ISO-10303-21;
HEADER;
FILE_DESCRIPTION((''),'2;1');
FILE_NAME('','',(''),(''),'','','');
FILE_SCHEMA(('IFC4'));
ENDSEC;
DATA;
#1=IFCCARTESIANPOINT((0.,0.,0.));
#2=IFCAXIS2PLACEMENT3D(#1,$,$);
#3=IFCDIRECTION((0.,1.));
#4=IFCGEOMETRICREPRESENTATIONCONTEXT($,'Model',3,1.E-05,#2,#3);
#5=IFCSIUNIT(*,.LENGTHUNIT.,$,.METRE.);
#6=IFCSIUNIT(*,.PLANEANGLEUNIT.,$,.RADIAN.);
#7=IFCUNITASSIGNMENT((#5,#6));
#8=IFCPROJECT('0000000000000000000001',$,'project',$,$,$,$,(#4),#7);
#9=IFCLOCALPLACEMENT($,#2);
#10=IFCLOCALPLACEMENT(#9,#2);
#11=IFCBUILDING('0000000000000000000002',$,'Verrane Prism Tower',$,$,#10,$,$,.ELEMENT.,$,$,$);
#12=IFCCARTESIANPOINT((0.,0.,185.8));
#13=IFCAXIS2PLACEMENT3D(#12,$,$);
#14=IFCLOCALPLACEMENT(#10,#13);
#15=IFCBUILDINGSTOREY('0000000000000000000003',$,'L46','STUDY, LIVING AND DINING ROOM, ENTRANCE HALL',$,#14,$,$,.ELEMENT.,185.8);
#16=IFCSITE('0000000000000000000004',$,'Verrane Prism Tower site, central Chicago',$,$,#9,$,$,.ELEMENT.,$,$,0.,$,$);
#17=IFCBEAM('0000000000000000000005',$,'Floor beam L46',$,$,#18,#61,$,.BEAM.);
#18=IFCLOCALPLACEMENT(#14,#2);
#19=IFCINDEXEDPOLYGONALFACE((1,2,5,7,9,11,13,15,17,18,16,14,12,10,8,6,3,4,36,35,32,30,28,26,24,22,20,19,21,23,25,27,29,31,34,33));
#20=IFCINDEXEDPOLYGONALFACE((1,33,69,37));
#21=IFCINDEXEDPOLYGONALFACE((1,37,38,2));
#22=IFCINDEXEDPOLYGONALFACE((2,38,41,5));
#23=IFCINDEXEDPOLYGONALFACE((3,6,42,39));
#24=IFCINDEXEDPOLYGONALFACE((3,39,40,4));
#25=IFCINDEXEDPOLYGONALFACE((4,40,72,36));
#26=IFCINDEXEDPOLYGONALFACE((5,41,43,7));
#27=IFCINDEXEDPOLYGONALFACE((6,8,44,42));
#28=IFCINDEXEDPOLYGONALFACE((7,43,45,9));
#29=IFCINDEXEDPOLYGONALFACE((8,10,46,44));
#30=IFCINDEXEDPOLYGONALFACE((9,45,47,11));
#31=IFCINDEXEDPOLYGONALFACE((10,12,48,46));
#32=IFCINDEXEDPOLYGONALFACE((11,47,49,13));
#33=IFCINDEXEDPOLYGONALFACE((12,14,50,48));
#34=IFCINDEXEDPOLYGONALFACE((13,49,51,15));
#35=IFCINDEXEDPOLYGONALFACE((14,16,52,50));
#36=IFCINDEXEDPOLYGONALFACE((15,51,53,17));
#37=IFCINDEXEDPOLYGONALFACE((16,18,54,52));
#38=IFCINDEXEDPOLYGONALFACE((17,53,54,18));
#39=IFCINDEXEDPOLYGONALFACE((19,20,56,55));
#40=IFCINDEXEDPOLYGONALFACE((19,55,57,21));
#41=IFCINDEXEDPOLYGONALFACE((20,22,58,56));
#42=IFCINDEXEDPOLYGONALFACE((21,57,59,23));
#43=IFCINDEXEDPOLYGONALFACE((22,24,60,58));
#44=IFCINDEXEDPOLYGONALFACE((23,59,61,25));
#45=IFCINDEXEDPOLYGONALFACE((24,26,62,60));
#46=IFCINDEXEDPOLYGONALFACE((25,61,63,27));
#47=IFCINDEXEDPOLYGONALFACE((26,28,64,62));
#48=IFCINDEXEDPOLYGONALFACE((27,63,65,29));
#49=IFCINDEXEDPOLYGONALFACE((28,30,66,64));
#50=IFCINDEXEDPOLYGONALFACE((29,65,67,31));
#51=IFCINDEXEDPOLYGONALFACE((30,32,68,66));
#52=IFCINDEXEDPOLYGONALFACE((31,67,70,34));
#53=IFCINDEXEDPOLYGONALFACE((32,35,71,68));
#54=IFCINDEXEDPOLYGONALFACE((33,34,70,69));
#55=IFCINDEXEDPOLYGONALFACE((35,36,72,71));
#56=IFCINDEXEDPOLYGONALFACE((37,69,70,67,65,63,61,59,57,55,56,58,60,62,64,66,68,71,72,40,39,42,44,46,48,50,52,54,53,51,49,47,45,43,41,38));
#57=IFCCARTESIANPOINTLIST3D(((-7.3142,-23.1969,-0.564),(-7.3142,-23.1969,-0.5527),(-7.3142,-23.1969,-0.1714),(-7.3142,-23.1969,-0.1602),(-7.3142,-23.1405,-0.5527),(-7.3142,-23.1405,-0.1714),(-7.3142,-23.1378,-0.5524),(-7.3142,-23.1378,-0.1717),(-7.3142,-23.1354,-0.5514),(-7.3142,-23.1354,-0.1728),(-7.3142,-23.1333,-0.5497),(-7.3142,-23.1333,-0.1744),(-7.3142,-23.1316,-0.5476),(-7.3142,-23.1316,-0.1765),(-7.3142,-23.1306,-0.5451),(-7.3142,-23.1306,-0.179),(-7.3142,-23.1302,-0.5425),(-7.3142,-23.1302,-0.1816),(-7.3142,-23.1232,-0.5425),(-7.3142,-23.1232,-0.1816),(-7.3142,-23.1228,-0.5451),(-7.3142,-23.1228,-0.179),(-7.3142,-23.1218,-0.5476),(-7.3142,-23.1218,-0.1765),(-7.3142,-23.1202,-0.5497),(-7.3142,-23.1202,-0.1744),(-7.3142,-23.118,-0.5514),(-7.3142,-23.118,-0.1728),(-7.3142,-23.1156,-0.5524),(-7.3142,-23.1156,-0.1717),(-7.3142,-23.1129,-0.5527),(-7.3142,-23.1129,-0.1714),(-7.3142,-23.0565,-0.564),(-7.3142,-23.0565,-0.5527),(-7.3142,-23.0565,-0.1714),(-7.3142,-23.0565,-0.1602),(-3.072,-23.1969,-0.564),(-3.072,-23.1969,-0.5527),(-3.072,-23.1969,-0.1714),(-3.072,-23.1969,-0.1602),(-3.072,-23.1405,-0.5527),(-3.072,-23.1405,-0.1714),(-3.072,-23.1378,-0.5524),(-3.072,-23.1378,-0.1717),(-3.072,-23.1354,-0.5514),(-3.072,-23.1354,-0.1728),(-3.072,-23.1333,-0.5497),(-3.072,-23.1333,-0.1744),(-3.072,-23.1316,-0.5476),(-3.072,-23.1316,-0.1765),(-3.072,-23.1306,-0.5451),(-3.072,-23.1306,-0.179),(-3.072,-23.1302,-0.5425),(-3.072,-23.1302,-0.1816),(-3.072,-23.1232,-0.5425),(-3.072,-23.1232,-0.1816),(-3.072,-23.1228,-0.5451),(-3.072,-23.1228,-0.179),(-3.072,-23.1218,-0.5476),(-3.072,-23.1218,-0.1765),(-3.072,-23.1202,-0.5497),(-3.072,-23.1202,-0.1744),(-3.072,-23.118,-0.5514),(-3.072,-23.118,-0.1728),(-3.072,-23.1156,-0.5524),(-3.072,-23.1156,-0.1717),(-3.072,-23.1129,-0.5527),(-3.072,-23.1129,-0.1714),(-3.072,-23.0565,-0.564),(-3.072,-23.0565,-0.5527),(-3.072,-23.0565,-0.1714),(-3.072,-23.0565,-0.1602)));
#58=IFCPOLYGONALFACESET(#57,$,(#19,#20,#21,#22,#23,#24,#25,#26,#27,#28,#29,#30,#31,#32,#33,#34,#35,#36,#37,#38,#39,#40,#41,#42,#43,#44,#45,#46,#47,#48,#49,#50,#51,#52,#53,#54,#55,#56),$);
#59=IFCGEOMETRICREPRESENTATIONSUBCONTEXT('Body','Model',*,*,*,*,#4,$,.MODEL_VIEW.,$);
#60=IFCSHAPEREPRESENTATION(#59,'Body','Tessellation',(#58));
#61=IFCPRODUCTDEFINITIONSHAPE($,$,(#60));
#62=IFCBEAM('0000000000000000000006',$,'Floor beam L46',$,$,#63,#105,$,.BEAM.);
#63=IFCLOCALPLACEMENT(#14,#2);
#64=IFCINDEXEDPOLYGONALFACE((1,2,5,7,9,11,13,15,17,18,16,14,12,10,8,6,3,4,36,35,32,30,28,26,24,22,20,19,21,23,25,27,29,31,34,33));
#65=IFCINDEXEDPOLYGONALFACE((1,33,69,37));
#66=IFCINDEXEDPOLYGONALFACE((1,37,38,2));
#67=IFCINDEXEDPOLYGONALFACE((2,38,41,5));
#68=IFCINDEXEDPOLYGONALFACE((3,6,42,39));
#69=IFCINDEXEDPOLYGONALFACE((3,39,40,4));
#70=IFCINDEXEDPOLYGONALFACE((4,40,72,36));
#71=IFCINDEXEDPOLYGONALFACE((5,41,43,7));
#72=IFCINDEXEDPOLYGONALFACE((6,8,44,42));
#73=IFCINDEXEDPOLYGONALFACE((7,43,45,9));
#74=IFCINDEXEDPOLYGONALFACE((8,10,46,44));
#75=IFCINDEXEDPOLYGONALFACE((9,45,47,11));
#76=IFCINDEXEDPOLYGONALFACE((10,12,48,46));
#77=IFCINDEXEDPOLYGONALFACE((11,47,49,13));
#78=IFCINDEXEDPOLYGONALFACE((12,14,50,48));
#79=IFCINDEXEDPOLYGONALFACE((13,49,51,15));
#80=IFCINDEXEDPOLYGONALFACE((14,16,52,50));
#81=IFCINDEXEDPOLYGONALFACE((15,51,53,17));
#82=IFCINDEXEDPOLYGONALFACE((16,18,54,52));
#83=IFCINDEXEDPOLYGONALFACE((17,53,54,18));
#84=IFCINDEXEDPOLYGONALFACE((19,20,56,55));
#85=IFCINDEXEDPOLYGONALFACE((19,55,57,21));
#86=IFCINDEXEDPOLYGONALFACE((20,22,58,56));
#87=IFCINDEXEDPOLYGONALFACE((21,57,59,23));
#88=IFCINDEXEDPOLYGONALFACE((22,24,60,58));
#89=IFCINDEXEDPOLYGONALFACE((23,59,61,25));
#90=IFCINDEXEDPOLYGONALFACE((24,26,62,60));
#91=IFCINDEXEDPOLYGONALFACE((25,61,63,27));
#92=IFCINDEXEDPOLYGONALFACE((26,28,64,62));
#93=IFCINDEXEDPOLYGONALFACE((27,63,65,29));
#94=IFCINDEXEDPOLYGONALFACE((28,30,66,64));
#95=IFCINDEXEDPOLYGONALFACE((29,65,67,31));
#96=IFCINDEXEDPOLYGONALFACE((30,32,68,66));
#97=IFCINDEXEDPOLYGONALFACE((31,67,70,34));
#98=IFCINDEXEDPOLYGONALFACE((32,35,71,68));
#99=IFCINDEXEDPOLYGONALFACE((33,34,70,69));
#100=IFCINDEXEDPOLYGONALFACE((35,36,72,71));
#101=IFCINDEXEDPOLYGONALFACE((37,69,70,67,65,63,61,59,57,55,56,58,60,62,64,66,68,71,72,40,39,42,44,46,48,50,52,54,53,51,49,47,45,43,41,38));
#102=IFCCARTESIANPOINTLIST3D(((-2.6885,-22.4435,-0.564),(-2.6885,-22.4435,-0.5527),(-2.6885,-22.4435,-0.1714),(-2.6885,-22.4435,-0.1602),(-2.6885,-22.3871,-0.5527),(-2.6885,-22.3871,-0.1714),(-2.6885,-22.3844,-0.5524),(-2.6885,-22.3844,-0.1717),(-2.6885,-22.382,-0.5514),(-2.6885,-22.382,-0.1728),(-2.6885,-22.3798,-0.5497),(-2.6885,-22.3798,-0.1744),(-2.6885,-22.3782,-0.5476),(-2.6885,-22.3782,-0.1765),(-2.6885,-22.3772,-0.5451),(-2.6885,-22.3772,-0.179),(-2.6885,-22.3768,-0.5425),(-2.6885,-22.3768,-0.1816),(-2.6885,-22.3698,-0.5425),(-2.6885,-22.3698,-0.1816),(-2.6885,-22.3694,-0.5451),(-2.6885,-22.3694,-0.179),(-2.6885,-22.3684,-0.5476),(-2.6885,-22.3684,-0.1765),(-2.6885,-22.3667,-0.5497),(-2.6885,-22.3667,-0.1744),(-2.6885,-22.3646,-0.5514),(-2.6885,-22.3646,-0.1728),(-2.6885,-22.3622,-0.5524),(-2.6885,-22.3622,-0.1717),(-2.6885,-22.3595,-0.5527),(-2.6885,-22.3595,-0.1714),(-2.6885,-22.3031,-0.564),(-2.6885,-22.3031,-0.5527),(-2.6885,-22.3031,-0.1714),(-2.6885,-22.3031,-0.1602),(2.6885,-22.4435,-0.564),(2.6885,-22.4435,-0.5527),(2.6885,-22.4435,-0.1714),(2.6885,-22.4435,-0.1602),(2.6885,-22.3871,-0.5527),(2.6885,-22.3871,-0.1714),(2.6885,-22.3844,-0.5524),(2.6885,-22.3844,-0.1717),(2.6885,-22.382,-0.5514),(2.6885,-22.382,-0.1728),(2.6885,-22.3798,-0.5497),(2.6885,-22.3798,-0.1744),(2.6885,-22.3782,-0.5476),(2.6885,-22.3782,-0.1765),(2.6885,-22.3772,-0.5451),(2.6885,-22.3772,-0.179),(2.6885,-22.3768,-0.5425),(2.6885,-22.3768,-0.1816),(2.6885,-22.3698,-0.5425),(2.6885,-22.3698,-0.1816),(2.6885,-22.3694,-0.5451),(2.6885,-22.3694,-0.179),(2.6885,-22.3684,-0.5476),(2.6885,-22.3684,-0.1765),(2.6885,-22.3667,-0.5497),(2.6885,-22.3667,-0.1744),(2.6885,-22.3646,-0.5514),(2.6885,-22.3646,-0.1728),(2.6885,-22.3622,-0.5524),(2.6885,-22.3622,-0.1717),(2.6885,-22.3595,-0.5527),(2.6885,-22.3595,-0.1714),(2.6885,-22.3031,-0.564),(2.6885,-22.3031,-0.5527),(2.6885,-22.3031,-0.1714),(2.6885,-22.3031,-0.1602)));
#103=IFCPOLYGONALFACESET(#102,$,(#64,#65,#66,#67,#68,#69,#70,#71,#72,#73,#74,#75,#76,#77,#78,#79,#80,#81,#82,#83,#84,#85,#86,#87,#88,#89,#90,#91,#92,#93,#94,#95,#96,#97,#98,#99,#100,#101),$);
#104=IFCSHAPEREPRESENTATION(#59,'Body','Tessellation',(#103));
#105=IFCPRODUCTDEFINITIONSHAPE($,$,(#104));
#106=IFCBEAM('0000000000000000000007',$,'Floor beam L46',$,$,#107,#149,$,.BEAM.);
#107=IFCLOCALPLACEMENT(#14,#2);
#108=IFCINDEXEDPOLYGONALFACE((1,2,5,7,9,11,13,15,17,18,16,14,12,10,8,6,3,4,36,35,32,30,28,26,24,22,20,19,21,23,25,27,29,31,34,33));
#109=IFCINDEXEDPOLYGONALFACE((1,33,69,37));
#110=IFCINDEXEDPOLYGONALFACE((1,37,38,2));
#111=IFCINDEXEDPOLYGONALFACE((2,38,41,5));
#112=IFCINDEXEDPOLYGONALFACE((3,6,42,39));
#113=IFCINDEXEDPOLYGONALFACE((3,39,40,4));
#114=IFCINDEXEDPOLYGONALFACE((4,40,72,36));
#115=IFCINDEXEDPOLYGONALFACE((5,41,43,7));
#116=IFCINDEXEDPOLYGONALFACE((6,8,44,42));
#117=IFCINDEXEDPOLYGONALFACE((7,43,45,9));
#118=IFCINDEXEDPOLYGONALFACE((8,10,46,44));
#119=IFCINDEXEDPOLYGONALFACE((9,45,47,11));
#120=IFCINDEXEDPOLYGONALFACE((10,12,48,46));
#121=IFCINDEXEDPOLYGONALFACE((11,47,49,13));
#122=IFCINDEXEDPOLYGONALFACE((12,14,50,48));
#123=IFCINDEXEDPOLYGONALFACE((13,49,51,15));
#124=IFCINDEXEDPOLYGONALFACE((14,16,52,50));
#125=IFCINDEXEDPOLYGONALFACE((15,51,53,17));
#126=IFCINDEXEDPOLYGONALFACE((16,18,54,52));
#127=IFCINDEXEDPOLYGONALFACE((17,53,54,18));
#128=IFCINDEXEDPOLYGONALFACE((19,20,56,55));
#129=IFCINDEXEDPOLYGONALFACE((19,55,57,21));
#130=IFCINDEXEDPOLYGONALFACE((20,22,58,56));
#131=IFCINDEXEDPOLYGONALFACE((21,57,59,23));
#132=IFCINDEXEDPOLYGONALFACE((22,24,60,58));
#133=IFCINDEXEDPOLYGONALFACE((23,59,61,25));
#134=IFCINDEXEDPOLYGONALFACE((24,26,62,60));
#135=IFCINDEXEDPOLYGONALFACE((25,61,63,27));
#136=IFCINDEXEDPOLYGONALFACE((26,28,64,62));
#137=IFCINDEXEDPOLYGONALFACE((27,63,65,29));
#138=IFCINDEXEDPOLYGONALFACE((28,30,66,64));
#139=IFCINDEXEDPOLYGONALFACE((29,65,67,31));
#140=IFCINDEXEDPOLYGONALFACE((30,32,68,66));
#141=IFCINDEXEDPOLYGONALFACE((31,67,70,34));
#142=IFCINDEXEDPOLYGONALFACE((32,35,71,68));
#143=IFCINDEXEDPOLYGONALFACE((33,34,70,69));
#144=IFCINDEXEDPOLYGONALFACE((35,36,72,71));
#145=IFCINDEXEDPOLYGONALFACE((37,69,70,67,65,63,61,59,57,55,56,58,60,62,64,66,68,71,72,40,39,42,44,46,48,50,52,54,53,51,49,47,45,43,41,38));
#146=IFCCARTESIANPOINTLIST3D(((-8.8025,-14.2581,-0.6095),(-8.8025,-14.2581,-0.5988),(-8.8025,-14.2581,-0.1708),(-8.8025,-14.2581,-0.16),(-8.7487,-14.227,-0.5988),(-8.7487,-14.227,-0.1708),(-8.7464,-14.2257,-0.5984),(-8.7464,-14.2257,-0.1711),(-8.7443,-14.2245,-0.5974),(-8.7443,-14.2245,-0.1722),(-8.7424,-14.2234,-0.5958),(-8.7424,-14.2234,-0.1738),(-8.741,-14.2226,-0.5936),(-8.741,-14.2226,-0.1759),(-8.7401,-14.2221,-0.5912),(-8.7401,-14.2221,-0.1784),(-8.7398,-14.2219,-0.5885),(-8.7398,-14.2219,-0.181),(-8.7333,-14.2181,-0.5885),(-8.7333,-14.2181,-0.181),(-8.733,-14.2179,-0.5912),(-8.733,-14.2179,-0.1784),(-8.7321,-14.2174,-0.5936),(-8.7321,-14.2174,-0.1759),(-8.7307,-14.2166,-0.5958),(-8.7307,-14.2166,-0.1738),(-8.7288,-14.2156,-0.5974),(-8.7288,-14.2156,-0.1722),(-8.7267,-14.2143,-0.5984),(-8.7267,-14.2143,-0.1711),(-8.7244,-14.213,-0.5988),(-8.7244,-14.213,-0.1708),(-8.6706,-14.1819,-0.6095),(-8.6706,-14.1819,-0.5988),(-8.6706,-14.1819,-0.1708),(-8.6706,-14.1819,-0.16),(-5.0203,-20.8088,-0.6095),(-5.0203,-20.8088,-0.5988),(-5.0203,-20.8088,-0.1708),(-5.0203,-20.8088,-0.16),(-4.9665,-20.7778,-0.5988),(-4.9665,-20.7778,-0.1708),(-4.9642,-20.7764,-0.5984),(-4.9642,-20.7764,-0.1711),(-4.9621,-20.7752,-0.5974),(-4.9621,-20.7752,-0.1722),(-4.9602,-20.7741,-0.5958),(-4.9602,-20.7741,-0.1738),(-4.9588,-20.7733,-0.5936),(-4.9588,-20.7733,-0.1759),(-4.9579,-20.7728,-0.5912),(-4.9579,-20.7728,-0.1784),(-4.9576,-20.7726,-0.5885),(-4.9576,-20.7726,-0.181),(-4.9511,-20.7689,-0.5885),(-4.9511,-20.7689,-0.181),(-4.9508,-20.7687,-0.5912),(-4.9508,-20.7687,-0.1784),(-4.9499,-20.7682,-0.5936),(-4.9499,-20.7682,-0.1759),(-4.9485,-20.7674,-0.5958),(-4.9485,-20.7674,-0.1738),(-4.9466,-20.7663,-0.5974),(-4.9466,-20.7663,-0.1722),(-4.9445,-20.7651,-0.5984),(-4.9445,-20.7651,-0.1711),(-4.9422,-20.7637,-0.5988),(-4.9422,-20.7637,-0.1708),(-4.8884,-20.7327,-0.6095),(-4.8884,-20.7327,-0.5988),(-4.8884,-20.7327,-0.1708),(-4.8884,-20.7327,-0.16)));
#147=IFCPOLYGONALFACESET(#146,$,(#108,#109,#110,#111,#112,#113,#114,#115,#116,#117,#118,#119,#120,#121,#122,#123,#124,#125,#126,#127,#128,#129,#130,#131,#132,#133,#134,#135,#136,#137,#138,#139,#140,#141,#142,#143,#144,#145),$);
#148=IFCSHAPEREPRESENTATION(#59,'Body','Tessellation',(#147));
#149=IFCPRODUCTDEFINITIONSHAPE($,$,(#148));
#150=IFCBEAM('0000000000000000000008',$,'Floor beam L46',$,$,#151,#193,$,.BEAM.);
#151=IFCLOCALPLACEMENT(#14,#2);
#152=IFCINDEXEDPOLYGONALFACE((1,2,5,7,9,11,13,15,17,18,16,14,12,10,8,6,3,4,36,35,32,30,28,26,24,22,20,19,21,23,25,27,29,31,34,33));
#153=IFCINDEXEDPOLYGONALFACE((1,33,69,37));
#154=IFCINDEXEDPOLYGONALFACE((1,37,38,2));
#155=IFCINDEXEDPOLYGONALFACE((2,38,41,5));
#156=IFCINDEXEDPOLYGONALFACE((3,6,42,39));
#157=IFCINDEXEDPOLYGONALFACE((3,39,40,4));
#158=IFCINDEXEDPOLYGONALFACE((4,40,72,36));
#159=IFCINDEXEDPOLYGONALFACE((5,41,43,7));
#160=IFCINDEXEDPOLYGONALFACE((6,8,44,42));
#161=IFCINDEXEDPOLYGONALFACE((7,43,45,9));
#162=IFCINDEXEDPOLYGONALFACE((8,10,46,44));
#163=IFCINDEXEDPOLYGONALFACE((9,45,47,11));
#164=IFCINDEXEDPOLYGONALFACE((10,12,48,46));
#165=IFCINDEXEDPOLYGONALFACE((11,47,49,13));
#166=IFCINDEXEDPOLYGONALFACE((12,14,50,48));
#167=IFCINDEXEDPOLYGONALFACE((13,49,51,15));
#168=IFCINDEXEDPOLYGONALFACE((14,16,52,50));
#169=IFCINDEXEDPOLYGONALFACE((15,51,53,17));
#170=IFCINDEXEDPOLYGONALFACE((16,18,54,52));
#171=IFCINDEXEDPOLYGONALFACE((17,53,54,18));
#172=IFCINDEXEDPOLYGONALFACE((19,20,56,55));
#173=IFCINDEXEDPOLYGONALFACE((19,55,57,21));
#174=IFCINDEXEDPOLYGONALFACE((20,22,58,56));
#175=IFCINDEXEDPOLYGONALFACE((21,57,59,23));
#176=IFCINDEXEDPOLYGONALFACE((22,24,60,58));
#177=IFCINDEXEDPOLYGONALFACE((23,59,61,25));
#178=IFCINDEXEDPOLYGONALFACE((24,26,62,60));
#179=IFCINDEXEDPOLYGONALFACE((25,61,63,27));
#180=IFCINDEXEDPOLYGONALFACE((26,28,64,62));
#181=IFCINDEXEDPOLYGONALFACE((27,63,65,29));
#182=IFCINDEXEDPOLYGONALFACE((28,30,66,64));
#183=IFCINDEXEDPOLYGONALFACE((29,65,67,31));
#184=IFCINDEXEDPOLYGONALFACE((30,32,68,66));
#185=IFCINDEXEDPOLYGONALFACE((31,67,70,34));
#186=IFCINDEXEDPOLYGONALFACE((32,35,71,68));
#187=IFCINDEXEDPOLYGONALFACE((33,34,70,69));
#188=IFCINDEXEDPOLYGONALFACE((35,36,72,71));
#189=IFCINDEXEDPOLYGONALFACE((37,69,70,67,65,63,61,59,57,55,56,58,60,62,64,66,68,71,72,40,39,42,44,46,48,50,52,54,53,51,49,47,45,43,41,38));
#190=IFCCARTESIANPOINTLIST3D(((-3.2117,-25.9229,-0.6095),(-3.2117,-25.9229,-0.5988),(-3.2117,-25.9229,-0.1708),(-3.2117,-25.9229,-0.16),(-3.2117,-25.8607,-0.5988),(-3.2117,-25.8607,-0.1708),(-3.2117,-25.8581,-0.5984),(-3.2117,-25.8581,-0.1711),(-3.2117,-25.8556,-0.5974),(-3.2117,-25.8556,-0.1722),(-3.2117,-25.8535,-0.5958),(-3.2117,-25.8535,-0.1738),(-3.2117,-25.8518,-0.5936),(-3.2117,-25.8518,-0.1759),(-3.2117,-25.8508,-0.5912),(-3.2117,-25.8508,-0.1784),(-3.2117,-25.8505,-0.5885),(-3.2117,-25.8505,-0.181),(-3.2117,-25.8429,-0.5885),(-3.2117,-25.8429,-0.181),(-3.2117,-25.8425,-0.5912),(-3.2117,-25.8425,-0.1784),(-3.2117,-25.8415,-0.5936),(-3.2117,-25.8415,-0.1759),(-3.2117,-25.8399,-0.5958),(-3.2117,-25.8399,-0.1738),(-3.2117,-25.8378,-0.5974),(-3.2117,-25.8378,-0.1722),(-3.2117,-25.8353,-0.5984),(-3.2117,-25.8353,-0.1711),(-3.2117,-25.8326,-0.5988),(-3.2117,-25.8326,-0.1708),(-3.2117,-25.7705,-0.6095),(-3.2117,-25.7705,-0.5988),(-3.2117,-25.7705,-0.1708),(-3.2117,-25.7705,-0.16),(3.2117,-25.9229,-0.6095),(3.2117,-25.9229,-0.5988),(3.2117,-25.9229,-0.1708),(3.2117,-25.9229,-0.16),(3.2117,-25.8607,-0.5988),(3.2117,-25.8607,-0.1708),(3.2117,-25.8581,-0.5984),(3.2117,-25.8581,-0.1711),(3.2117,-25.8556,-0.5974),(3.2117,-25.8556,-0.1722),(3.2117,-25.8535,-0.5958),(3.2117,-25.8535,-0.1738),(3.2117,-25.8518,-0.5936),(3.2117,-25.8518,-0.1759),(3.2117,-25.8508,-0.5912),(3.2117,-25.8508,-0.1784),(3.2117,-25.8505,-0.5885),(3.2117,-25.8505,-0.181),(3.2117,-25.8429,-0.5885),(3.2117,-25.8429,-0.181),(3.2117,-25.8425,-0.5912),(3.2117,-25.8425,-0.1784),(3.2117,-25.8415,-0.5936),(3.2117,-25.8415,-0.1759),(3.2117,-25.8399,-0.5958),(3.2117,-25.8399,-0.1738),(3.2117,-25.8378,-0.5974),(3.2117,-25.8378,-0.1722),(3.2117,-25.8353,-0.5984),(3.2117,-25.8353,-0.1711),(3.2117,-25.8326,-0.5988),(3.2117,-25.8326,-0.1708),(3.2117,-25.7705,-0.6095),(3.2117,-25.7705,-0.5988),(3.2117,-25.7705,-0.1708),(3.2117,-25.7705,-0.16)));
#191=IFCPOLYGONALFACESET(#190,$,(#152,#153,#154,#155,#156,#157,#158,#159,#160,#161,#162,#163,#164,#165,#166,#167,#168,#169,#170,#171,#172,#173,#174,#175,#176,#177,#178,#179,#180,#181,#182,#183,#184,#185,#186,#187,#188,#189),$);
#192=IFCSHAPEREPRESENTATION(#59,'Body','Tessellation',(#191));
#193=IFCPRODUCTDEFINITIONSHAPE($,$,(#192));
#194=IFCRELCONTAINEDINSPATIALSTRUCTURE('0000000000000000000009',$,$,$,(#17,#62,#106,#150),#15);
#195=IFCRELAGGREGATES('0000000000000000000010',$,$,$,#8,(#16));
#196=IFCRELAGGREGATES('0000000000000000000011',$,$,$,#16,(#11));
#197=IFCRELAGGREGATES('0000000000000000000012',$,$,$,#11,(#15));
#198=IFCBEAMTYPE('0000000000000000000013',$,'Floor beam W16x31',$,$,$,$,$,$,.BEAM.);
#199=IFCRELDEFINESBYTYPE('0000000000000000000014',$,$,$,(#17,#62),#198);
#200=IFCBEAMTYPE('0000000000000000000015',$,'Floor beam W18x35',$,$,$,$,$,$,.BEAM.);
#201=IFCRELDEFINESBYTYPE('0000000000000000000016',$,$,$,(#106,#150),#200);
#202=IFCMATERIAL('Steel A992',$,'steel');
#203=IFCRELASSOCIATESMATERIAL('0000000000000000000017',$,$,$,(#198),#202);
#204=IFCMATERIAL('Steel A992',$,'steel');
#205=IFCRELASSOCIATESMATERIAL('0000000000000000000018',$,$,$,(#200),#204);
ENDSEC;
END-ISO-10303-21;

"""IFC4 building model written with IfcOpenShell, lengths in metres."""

from ifc_helpers import new_model, si_unit, direction, frame, origin, origin_2d, place, context, subcontext, project, spatial, i_section, extrude, material, material_profile, profile_set, type_object, element, save


model = new_model("IFC4")

# Units and contexts
model_context = context("Model", 3, precision=1e-05, world=origin(), true_north=direction((0.0, 1.0)))
body_context = subcontext(model_context, "Body", "Model", "MODEL_VIEW")
ifc_project = project(units=[si_unit("LENGTHUNIT", "METRE"), si_unit("PLANEANGLEUNIT", "RADIAN")], contexts=[model_context])

# Site, building, storey
site_placement = place(None, origin())
site = spatial("IfcSite", under=ifc_project, at=site_placement, Name="Verrane Prism Tower site, central Chicago", CompositionType="ELEMENT", RefElevation=0.0)
building_placement = place(site_placement, origin())
building = spatial("IfcBuilding", under=site, at=building_placement, Name="Verrane Prism Tower", CompositionType="ELEMENT")
storey_placement = place(building_placement, frame((0.0, 0.0, 185.8)))
storey = spatial("IfcBuildingStorey", under=building, at=storey_placement, Name="L46", Description="STUDY, LIVING AND DINING ROOM, ENTRANCE HALL", CompositionType="ELEMENT", Elevation=185.8)

# Beams
ifc_material_1 = material(Name="Steel A992", Category="steel")
ifc_material_profile_1 = material_profile(ifc_material_1, i_section(OverallWidth=0.1404, OverallDepth=0.4038, WebThickness=0.0071, FlangeThickness=0.0112, FilletRadius=0.0103, at=origin_2d()), Name="W16x31")
ifc_profile_set_1 = profile_set([ifc_material_profile_1], Name="Steel A992")
beam_type_1 = type_object("IfcBeamType", Name="Floor beam W16x31", PredefinedType="BEAM", material=ifc_profile_set_1)
beam_1_placement = place(storey_placement, frame((-7.3142, -23.1267, -0.3621), z_axis=(1.0, 0.0, 0.0), x_axis=(0.0, 1.0, 0.0)))
element("IfcBeam", 1, at=beam_1_placement, inside=storey, type_object=beam_type_1, Name="Floor beam L46", PredefinedType="BEAM", context=body_context, shape_type="SweptSolid", body=[
    extrude(i_section(OverallWidth=0.1404, OverallDepth=0.4038, WebThickness=0.0071, FlangeThickness=0.0112, FilletRadius=0.0103, at=origin_2d()), origin(), (0.0, 0.0, 1.0), 4.2422),
])
beam_2_placement = place(storey_placement, frame((-2.6885, -22.3733, -0.3621), z_axis=(1.0, 0.0, 0.0), x_axis=(0.0, 1.0, 0.0)))
element("IfcBeam", 2, at=beam_2_placement, inside=storey, type_object=beam_type_1, Name="Floor beam L46", PredefinedType="BEAM", context=body_context, shape_type="SweptSolid", body=[
    extrude(i_section(OverallWidth=0.1404, OverallDepth=0.4038, WebThickness=0.0071, FlangeThickness=0.0112, FilletRadius=0.0103, at=origin_2d()), origin(), (0.0, 0.0, 1.0), 5.377),
])
ifc_material_2 = material(Name="Steel A992", Category="steel")
ifc_material_profile_2 = material_profile(ifc_material_2, i_section(OverallWidth=0.1523, OverallDepth=0.4495, WebThickness=0.0076, FlangeThickness=0.0107, FilletRadius=0.0103, at=origin_2d()), Name="W18x35")
ifc_profile_set_2 = profile_set([ifc_material_profile_2], Name="Steel A992")
beam_type_2 = type_object("IfcBeamType", Name="Floor beam W18x35", PredefinedType="BEAM", material=ifc_profile_set_2)
beam_3_placement = place(storey_placement, frame((-4.9543, -20.7708, -0.3848), z_axis=(-0.500013, 0.866018, 0.0), x_axis=(-0.866018, -0.500013, 0.0)))
element("IfcBeam", 3, at=beam_3_placement, inside=storey, type_object=beam_type_2, Name="Floor beam L46", PredefinedType="BEAM", context=body_context, shape_type="SweptSolid", body=[
    extrude(i_section(OverallWidth=0.1523, OverallDepth=0.4495, WebThickness=0.0076, FlangeThickness=0.0107, FilletRadius=0.0103, at=origin_2d()), origin(), (0.0, 0.0, 1.0), 7.5642),
])
beam_4_placement = place(storey_placement, frame((-3.2117, -25.8467, -0.3848), z_axis=(1.0, 0.0, 0.0), x_axis=(0.0, 1.0, 0.0)))
element("IfcBeam", 4, at=beam_4_placement, inside=storey, type_object=beam_type_2, Name="Floor beam L46", PredefinedType="BEAM", context=body_context, shape_type="SweptSolid", body=[
    extrude(i_section(OverallWidth=0.1523, OverallDepth=0.4495, WebThickness=0.0076, FlangeThickness=0.0107, FilletRadius=0.0103, at=origin_2d()), origin(), (0.0, 0.0, 1.0), 6.4233),
])

save(model, "model.ifc")
